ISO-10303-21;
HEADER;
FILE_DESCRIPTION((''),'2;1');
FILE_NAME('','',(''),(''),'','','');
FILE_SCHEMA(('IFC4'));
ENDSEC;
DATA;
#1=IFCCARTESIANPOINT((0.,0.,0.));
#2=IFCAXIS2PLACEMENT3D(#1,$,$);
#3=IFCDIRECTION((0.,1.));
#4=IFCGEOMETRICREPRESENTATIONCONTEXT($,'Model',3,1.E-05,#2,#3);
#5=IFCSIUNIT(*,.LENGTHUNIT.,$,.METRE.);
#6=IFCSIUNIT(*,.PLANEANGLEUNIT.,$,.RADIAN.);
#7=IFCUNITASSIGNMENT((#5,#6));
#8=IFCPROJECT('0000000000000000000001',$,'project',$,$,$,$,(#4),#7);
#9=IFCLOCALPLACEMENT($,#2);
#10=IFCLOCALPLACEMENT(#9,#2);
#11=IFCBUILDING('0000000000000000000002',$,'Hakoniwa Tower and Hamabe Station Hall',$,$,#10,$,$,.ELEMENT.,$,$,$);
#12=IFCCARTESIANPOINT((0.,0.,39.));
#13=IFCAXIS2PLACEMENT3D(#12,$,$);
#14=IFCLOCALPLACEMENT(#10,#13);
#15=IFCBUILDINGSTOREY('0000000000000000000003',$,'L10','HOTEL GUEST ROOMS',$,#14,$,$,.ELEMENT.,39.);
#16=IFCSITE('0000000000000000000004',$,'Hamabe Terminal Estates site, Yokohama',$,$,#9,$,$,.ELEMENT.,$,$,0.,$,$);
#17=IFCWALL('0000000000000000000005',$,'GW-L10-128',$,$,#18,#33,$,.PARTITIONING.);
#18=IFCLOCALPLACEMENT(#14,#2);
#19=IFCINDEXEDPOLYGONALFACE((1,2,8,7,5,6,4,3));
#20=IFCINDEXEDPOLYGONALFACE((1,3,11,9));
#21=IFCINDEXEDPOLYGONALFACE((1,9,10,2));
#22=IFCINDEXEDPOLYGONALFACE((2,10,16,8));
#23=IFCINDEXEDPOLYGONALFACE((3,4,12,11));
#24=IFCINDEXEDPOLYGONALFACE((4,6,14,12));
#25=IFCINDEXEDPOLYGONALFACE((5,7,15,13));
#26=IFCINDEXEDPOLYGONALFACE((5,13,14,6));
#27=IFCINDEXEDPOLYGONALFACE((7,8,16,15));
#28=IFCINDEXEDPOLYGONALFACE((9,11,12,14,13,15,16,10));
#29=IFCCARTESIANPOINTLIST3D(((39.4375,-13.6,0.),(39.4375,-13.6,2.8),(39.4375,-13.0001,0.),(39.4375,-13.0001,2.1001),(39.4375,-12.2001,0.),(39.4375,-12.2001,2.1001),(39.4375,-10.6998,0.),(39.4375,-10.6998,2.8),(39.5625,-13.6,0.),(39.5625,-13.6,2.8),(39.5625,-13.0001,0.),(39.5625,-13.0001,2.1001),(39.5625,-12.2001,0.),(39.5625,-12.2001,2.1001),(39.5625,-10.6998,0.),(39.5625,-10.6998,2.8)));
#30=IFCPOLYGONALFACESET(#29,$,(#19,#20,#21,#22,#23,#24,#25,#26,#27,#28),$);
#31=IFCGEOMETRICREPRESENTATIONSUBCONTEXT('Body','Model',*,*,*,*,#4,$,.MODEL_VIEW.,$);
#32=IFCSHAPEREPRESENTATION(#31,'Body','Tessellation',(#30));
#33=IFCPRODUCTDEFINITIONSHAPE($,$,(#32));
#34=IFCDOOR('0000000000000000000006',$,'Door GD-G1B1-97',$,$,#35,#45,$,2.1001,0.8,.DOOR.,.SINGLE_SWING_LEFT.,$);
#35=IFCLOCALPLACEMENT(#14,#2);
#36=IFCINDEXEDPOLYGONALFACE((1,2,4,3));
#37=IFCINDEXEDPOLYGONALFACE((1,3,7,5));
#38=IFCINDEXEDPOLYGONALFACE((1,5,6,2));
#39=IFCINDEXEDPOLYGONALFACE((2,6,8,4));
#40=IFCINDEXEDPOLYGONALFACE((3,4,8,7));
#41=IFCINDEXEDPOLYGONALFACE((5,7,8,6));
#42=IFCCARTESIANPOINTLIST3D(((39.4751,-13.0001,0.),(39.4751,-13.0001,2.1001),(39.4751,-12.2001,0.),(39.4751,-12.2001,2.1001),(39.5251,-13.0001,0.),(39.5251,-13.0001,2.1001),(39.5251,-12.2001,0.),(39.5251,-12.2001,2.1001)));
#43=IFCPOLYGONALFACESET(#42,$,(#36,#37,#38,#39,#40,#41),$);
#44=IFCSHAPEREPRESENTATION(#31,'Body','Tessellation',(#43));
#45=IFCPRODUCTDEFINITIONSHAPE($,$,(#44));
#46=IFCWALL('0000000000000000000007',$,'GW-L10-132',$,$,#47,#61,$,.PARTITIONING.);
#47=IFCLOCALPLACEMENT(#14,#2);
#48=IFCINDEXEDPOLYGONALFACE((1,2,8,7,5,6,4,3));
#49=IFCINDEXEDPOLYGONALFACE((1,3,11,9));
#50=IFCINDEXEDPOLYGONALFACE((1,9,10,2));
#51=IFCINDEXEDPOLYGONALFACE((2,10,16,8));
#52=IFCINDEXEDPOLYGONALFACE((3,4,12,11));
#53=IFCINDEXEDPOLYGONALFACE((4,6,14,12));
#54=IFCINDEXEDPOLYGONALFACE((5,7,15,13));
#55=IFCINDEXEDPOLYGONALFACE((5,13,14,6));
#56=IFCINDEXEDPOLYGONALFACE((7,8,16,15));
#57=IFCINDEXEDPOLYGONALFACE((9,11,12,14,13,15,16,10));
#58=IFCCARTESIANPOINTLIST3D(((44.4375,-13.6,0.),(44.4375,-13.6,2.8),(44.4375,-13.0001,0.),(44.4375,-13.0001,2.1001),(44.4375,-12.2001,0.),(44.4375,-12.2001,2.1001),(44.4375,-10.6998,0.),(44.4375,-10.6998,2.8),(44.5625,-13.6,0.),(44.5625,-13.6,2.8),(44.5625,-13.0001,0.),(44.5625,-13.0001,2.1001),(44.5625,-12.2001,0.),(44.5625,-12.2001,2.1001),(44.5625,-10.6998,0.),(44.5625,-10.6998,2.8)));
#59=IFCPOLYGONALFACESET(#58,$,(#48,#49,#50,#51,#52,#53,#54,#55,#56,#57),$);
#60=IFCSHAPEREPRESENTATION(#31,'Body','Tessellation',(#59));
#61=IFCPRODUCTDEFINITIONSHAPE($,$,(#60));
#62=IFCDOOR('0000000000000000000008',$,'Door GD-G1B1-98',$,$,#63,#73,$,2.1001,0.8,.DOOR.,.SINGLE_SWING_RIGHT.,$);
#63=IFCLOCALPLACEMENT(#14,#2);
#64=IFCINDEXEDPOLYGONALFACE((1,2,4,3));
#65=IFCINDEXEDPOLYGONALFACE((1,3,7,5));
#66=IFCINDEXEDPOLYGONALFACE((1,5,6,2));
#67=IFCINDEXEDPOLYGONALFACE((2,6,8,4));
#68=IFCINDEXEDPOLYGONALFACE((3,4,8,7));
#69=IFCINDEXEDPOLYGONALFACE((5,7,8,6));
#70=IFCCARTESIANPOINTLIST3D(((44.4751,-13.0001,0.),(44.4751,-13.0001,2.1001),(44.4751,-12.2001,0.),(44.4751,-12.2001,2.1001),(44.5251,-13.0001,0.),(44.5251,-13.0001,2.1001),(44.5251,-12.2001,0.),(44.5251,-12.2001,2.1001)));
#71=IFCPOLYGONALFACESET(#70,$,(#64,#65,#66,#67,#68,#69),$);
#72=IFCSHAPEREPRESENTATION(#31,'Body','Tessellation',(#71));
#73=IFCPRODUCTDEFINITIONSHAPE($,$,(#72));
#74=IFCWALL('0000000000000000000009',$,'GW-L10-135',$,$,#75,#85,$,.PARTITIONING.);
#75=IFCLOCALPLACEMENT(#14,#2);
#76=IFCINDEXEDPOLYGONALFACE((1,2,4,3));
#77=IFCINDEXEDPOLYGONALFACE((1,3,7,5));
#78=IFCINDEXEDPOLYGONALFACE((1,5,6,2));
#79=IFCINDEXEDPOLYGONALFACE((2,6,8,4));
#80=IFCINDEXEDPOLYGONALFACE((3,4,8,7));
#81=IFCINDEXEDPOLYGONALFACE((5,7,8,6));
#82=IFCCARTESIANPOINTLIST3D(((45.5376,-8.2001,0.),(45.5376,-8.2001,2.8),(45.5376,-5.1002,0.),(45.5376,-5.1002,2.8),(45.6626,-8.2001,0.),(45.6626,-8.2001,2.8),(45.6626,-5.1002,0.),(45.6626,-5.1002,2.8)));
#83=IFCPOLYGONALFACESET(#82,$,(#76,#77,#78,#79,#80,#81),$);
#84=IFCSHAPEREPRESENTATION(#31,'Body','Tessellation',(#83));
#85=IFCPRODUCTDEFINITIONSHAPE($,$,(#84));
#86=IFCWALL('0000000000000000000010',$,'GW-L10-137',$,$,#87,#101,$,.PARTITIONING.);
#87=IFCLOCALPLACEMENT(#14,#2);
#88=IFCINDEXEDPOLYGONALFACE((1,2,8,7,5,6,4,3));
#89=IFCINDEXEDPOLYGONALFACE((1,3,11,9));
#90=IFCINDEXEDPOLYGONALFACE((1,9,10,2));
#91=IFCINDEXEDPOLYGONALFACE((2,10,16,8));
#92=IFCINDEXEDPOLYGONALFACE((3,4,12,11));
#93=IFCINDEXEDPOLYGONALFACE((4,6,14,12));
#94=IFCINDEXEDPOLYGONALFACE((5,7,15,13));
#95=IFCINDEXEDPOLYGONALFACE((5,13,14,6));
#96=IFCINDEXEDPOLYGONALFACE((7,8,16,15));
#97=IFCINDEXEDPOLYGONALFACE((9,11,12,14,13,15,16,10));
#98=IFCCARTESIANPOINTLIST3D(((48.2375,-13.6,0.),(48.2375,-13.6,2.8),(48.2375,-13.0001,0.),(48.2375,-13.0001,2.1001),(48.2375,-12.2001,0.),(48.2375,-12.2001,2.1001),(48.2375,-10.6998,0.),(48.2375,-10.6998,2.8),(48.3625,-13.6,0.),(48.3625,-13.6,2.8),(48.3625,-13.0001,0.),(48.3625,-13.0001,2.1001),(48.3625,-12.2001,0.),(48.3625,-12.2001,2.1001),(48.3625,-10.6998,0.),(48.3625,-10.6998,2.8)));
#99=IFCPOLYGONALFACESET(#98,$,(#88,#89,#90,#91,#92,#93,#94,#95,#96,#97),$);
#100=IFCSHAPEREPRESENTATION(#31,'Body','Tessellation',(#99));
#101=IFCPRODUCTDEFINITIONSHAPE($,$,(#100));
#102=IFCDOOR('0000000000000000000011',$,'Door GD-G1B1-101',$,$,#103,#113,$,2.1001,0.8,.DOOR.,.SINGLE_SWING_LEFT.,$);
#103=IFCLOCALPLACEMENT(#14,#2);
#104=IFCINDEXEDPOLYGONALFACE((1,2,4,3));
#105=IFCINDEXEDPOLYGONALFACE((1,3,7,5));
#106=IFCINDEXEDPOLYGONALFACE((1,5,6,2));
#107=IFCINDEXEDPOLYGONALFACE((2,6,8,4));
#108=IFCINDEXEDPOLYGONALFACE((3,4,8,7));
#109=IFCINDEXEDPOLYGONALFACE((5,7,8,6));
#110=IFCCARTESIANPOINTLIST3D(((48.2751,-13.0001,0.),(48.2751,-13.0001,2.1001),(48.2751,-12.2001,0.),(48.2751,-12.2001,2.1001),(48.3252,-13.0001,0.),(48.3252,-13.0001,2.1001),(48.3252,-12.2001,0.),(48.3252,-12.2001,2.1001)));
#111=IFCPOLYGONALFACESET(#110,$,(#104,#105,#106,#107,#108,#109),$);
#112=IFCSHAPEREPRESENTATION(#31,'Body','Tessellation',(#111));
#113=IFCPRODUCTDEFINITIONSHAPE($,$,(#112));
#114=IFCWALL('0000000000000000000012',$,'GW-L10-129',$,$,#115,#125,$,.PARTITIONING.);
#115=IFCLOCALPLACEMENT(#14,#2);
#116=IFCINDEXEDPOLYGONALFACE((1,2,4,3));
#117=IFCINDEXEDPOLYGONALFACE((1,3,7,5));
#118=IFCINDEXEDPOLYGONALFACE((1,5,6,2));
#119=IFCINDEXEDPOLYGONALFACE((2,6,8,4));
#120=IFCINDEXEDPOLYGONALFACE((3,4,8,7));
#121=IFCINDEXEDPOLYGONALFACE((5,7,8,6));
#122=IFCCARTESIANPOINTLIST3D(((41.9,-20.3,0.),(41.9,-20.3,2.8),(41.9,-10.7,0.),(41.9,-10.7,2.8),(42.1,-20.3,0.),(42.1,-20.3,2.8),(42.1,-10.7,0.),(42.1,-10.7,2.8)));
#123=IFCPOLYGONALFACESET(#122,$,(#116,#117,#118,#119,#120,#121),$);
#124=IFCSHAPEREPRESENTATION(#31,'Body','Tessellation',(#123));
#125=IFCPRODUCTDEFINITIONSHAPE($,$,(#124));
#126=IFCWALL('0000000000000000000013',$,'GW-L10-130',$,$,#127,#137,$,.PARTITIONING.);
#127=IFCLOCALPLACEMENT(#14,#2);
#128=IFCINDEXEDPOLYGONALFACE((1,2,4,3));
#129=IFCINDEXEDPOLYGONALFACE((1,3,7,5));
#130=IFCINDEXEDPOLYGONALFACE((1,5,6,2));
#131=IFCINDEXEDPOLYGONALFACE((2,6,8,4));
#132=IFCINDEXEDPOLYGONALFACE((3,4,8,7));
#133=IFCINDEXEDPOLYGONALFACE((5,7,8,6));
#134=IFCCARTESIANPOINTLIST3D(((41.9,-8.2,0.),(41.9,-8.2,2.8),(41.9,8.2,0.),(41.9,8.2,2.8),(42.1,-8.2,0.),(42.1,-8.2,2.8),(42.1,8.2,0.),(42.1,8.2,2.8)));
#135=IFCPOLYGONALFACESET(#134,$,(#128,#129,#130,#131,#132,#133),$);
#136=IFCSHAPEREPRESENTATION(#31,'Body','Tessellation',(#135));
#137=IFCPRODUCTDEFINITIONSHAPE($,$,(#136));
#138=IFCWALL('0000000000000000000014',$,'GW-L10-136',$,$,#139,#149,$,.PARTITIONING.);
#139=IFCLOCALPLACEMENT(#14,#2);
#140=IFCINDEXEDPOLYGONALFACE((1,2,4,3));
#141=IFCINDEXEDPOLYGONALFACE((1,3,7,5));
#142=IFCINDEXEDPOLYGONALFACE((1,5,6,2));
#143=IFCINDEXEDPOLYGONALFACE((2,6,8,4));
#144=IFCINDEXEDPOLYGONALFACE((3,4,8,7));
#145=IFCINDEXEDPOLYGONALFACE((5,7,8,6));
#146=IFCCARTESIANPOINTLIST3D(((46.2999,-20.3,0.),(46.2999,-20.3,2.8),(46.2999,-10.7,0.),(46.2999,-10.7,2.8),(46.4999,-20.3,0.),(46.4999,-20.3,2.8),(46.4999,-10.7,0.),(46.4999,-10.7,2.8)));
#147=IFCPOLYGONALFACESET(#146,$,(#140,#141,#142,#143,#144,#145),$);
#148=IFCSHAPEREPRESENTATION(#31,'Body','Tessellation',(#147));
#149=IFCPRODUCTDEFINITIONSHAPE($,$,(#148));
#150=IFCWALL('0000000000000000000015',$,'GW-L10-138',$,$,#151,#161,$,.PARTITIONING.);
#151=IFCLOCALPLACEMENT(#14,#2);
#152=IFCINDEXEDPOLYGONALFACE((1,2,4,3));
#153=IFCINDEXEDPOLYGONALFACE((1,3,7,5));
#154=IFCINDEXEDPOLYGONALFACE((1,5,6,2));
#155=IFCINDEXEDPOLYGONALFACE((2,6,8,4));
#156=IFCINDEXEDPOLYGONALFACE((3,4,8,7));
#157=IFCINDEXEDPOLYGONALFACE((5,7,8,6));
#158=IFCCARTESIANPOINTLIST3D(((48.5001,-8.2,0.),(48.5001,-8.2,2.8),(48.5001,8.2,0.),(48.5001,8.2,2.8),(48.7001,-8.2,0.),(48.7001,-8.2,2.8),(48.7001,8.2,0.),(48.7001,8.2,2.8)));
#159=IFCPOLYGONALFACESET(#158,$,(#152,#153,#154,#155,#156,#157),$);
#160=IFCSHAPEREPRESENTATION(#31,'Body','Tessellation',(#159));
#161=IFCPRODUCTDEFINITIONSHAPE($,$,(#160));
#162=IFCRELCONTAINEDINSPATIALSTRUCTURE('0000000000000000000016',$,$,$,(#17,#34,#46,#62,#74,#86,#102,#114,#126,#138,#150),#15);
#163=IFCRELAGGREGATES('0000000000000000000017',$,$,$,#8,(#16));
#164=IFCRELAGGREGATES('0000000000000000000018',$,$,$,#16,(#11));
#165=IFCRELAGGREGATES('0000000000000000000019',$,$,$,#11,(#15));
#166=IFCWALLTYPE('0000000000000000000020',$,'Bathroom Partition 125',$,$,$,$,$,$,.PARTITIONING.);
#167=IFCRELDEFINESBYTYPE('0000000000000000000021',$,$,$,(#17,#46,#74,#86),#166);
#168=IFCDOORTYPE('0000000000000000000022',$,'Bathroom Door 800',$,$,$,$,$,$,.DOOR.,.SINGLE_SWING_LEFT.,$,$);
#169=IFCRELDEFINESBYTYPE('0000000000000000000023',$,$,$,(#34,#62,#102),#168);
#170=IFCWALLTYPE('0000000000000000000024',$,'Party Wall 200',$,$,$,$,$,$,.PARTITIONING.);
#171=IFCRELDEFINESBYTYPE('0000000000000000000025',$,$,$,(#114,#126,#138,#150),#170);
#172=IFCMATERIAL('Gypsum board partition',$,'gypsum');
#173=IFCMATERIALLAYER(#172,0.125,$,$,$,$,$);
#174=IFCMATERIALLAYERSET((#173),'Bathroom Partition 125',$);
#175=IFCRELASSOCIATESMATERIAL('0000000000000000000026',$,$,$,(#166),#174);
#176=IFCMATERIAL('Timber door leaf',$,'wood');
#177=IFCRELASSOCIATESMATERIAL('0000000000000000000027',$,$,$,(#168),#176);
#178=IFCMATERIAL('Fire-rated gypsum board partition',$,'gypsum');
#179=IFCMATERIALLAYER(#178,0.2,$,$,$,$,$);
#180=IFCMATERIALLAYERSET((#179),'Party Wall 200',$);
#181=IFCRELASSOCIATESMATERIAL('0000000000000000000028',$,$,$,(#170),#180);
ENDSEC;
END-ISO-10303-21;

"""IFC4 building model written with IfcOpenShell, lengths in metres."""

from ifc_helpers import new_model, si_unit, direction, frame, frame_2d, origin, place, context, subcontext, project, spatial, rectangle, extrude, material, layer, layer_set, type_object, element, fill, save


model = new_model("IFC4")

# Units and contexts
model_context = context("Model", 3, precision=1e-05, world=origin(), true_north=direction((0.0, 1.0)))
body_context = subcontext(model_context, "Body", "Model", "MODEL_VIEW")
ifc_project = project(units=[si_unit("LENGTHUNIT", "METRE"), si_unit("PLANEANGLEUNIT", "RADIAN")], contexts=[model_context])

# Site, building, storey
site_placement = place(None, origin())
site = spatial("IfcSite", under=ifc_project, at=site_placement, Name="Hamabe Terminal Estates site, Yokohama", CompositionType="ELEMENT", RefElevation=0.0)
building_placement = place(site_placement, origin())
building = spatial("IfcBuilding", under=site, at=building_placement, Name="Hakoniwa Tower and Hamabe Station Hall", CompositionType="ELEMENT")
storey_placement = place(building_placement, frame((0.0, 0.0, 39.0)))
storey = spatial("IfcBuildingStorey", under=building, at=storey_placement, Name="L10", Description="HOTEL GUEST ROOMS", CompositionType="ELEMENT", Elevation=39.0)

# Shared definitions
ifc_material_1 = material(Name="Gypsum board partition", Category="gypsum")
ifc_layer_1 = layer(ifc_material_1, 0.125)
ifc_layer_set_1 = layer_set([ifc_layer_1], Name="Bathroom Partition 125")
wall_type_1 = type_object("IfcWallType", Name="Bathroom Partition 125", PredefinedType="PARTITIONING", material=ifc_layer_set_1)

# Walls, openings, doors
wall_1_placement = place(storey_placement, frame((39.5, -13.6001, 0.0), z_axis=(0.0, 0.0, 1.0), x_axis=(0.0, 1.0, 0.0)))
wall_1 = element("IfcWall", 1, at=wall_1_placement, inside=storey, type_object=wall_type_1, Name="GW-L10-128", PredefinedType="PARTITIONING", context=body_context, shape_type="SweptSolid", body=[
    extrude(rectangle(XDim=2.9001, YDim=0.125, at=frame_2d((1.4502, 0.0))), origin(), (0.0, 0.0, 1.0), 2.8),
])
opening_1_placement = place(wall_1_placement, frame((0.6001, 0.0, 0.0)))
opening_1 = element("IfcOpeningElement", 2, at=opening_1_placement, cuts=wall_1, PredefinedType="OPENING", context=body_context, shape_type="SweptSolid", body=[
    extrude(rectangle(XDim=0.8, YDim=2.1001, at=frame_2d((0.3999, 1.05))), frame((0.0, 0.0725, 0.0), z_axis=(0.0, -1.0, 0.0), x_axis=(1.0, 0.0, 0.0)), (0.0, 0.0, 1.0), 0.145),
])
ifc_material_2 = material(Name="Timber door leaf", Category="wood")
door_type_1 = type_object("IfcDoorType", Name="Bathroom Door 800", OperationType="SINGLE_SWING_LEFT", PredefinedType="DOOR", material=ifc_material_2)
door_1_placement = place(opening_1_placement, origin())
door_1 = element("IfcDoor", 3, at=door_1_placement, inside=storey, type_object=door_type_1, Name="Door GD-G1B1-97", OperationType="SINGLE_SWING_LEFT", OverallHeight=2.1001, OverallWidth=0.8, PredefinedType="DOOR", context=body_context, shape_type="SweptSolid", body=[
    extrude(rectangle(XDim=0.8, YDim=2.1001, at=frame_2d((0.3999, 1.05))), frame((0.0, 0.0249, 0.0), z_axis=(0.0, -1.0, 0.0), x_axis=(1.0, 0.0, 0.0)), (0.0, 0.0, 1.0), 0.05),
])
fill(opening_1, door_1)
wall_2_placement = place(storey_placement, frame((44.5, -13.6001, 0.0), z_axis=(0.0, 0.0, 1.0), x_axis=(0.0, 1.0, 0.0)))
wall_2 = element("IfcWall", 4, at=wall_2_placement, inside=storey, type_object=wall_type_1, Name="GW-L10-132", PredefinedType="PARTITIONING", context=body_context, shape_type="SweptSolid", body=[
    extrude(rectangle(XDim=2.9001, YDim=0.125, at=frame_2d((1.4502, 0.0))), origin(), (0.0, 0.0, 1.0), 2.8),
])
opening_2_placement = place(wall_2_placement, frame((0.6001, 0.0, 0.0)))
opening_2 = element("IfcOpeningElement", 5, at=opening_2_placement, cuts=wall_2, PredefinedType="OPENING", context=body_context, shape_type="SweptSolid", body=[
    extrude(rectangle(XDim=0.8, YDim=2.1001, at=frame_2d((0.3999, 1.05))), frame((0.0, 0.0725, 0.0), z_axis=(0.0, -1.0, 0.0), x_axis=(1.0, 0.0, 0.0)), (0.0, 0.0, 1.0), 0.145),
])
door_2_placement = place(opening_2_placement, origin())
door_2 = element("IfcDoor", 6, at=door_2_placement, inside=storey, type_object=door_type_1, Name="Door GD-G1B1-98", OperationType="SINGLE_SWING_RIGHT", OverallHeight=2.1001, OverallWidth=0.8, PredefinedType="DOOR", context=body_context, shape_type="SweptSolid", body=[
    extrude(rectangle(XDim=0.8, YDim=2.1001, at=frame_2d((0.3999, 1.05))), frame((0.0, 0.0249, 0.0), z_axis=(0.0, -1.0, 0.0), x_axis=(1.0, 0.0, 0.0)), (0.0, 0.0, 1.0), 0.05),
])
fill(opening_2, door_2)

# Wall
wall_3_placement = place(storey_placement, frame((45.6001, -8.2, 0.0), z_axis=(0.0, 0.0, 1.0), x_axis=(0.0, 1.0, 0.0)))
element("IfcWall", 7, at=wall_3_placement, inside=storey, type_object=wall_type_1, Name="GW-L10-135", PredefinedType="PARTITIONING", context=body_context, shape_type="SweptSolid", body=[
    extrude(rectangle(XDim=3.0999, YDim=0.125, at=frame_2d((1.5498, 0.0))), origin(), (0.0, 0.0, 1.0), 2.8),
])

# Wall, opening, door
wall_4_placement = place(storey_placement, frame((48.3, -13.6001, 0.0), z_axis=(0.0, 0.0, 1.0), x_axis=(0.0, 1.0, 0.0)))
wall_4 = element("IfcWall", 8, at=wall_4_placement, inside=storey, type_object=wall_type_1, Name="GW-L10-137", PredefinedType="PARTITIONING", context=body_context, shape_type="SweptSolid", body=[
    extrude(rectangle(XDim=2.9001, YDim=0.125, at=frame_2d((1.4502, 0.0))), origin(), (0.0, 0.0, 1.0), 2.8),
])
opening_3_placement = place(wall_4_placement, frame((0.6001, 0.0, 0.0)))
opening_3 = element("IfcOpeningElement", 9, at=opening_3_placement, cuts=wall_4, PredefinedType="OPENING", context=body_context, shape_type="SweptSolid", body=[
    extrude(rectangle(XDim=0.8, YDim=2.1001, at=frame_2d((0.3999, 1.05))), frame((0.0, 0.0725, 0.0), z_axis=(0.0, -1.0, 0.0), x_axis=(1.0, 0.0, 0.0)), (0.0, 0.0, 1.0), 0.145),
])
door_3_placement = place(opening_3_placement, origin())
door_3 = element("IfcDoor", 10, at=door_3_placement, inside=storey, type_object=door_type_1, Name="Door GD-G1B1-101", OperationType="SINGLE_SWING_LEFT", OverallHeight=2.1001, OverallWidth=0.8, PredefinedType="DOOR", context=body_context, shape_type="SweptSolid", body=[
    extrude(rectangle(XDim=0.8, YDim=2.1001, at=frame_2d((0.3999, 1.05))), frame((0.0, 0.0249, 0.0), z_axis=(0.0, -1.0, 0.0), x_axis=(1.0, 0.0, 0.0)), (0.0, 0.0, 1.0), 0.05),
])
fill(opening_3, door_3)

# Walls
ifc_material_3 = material(Name="Fire-rated gypsum board partition", Category="gypsum")
ifc_layer_2 = layer(ifc_material_3, 0.2)
ifc_layer_set_2 = layer_set([ifc_layer_2], Name="Party Wall 200")
wall_type_2 = type_object("IfcWallType", Name="Party Wall 200", PredefinedType="PARTITIONING", material=ifc_layer_set_2)
wall_5_placement = place(storey_placement, frame((42.0, -20.3, 0.0), z_axis=(0.0, 0.0, 1.0), x_axis=(0.0, 1.0, 0.0)))
element("IfcWall", 11, at=wall_5_placement, inside=storey, type_object=wall_type_2, Name="GW-L10-129", PredefinedType="PARTITIONING", context=body_context, shape_type="SweptSolid", body=[
    extrude(rectangle(XDim=9.6001, YDim=0.2, at=frame_2d((4.8, 0.0))), origin(), (0.0, 0.0, 1.0), 2.8),
])
wall_6_placement = place(storey_placement, frame((42.0, -8.2, 0.0), z_axis=(0.0, 0.0, 1.0), x_axis=(0.0, 1.0, 0.0)))
element("IfcWall", 12, at=wall_6_placement, inside=storey, type_object=wall_type_2, Name="GW-L10-130", PredefinedType="PARTITIONING", context=body_context, shape_type="SweptSolid", body=[
    extrude(rectangle(XDim=16.3999, YDim=0.2, at=frame_2d((8.2, 0.0))), origin(), (0.0, 0.0, 1.0), 2.8),
])
wall_7_placement = place(storey_placement, frame((46.3999, -20.3, 0.0), z_axis=(0.0, 0.0, 1.0), x_axis=(0.0, 1.0, 0.0)))
element("IfcWall", 13, at=wall_7_placement, inside=storey, type_object=wall_type_2, Name="GW-L10-136", PredefinedType="PARTITIONING", context=body_context, shape_type="SweptSolid", body=[
    extrude(rectangle(XDim=9.6001, YDim=0.2, at=frame_2d((4.8, 0.0))), origin(), (0.0, 0.0, 1.0), 2.8),
])
wall_8_placement = place(storey_placement, frame((48.6001, -8.2, 0.0), z_axis=(0.0, 0.0, 1.0), x_axis=(0.0, 1.0, 0.0)))
element("IfcWall", 14, at=wall_8_placement, inside=storey, type_object=wall_type_2, Name="GW-L10-138", PredefinedType="PARTITIONING", context=body_context, shape_type="SweptSolid", body=[
    extrude(rectangle(XDim=16.3999, YDim=0.2, at=frame_2d((8.2, 0.0))), origin(), (0.0, 0.0, 1.0), 2.8),
])

save(model, "model.ifc")
